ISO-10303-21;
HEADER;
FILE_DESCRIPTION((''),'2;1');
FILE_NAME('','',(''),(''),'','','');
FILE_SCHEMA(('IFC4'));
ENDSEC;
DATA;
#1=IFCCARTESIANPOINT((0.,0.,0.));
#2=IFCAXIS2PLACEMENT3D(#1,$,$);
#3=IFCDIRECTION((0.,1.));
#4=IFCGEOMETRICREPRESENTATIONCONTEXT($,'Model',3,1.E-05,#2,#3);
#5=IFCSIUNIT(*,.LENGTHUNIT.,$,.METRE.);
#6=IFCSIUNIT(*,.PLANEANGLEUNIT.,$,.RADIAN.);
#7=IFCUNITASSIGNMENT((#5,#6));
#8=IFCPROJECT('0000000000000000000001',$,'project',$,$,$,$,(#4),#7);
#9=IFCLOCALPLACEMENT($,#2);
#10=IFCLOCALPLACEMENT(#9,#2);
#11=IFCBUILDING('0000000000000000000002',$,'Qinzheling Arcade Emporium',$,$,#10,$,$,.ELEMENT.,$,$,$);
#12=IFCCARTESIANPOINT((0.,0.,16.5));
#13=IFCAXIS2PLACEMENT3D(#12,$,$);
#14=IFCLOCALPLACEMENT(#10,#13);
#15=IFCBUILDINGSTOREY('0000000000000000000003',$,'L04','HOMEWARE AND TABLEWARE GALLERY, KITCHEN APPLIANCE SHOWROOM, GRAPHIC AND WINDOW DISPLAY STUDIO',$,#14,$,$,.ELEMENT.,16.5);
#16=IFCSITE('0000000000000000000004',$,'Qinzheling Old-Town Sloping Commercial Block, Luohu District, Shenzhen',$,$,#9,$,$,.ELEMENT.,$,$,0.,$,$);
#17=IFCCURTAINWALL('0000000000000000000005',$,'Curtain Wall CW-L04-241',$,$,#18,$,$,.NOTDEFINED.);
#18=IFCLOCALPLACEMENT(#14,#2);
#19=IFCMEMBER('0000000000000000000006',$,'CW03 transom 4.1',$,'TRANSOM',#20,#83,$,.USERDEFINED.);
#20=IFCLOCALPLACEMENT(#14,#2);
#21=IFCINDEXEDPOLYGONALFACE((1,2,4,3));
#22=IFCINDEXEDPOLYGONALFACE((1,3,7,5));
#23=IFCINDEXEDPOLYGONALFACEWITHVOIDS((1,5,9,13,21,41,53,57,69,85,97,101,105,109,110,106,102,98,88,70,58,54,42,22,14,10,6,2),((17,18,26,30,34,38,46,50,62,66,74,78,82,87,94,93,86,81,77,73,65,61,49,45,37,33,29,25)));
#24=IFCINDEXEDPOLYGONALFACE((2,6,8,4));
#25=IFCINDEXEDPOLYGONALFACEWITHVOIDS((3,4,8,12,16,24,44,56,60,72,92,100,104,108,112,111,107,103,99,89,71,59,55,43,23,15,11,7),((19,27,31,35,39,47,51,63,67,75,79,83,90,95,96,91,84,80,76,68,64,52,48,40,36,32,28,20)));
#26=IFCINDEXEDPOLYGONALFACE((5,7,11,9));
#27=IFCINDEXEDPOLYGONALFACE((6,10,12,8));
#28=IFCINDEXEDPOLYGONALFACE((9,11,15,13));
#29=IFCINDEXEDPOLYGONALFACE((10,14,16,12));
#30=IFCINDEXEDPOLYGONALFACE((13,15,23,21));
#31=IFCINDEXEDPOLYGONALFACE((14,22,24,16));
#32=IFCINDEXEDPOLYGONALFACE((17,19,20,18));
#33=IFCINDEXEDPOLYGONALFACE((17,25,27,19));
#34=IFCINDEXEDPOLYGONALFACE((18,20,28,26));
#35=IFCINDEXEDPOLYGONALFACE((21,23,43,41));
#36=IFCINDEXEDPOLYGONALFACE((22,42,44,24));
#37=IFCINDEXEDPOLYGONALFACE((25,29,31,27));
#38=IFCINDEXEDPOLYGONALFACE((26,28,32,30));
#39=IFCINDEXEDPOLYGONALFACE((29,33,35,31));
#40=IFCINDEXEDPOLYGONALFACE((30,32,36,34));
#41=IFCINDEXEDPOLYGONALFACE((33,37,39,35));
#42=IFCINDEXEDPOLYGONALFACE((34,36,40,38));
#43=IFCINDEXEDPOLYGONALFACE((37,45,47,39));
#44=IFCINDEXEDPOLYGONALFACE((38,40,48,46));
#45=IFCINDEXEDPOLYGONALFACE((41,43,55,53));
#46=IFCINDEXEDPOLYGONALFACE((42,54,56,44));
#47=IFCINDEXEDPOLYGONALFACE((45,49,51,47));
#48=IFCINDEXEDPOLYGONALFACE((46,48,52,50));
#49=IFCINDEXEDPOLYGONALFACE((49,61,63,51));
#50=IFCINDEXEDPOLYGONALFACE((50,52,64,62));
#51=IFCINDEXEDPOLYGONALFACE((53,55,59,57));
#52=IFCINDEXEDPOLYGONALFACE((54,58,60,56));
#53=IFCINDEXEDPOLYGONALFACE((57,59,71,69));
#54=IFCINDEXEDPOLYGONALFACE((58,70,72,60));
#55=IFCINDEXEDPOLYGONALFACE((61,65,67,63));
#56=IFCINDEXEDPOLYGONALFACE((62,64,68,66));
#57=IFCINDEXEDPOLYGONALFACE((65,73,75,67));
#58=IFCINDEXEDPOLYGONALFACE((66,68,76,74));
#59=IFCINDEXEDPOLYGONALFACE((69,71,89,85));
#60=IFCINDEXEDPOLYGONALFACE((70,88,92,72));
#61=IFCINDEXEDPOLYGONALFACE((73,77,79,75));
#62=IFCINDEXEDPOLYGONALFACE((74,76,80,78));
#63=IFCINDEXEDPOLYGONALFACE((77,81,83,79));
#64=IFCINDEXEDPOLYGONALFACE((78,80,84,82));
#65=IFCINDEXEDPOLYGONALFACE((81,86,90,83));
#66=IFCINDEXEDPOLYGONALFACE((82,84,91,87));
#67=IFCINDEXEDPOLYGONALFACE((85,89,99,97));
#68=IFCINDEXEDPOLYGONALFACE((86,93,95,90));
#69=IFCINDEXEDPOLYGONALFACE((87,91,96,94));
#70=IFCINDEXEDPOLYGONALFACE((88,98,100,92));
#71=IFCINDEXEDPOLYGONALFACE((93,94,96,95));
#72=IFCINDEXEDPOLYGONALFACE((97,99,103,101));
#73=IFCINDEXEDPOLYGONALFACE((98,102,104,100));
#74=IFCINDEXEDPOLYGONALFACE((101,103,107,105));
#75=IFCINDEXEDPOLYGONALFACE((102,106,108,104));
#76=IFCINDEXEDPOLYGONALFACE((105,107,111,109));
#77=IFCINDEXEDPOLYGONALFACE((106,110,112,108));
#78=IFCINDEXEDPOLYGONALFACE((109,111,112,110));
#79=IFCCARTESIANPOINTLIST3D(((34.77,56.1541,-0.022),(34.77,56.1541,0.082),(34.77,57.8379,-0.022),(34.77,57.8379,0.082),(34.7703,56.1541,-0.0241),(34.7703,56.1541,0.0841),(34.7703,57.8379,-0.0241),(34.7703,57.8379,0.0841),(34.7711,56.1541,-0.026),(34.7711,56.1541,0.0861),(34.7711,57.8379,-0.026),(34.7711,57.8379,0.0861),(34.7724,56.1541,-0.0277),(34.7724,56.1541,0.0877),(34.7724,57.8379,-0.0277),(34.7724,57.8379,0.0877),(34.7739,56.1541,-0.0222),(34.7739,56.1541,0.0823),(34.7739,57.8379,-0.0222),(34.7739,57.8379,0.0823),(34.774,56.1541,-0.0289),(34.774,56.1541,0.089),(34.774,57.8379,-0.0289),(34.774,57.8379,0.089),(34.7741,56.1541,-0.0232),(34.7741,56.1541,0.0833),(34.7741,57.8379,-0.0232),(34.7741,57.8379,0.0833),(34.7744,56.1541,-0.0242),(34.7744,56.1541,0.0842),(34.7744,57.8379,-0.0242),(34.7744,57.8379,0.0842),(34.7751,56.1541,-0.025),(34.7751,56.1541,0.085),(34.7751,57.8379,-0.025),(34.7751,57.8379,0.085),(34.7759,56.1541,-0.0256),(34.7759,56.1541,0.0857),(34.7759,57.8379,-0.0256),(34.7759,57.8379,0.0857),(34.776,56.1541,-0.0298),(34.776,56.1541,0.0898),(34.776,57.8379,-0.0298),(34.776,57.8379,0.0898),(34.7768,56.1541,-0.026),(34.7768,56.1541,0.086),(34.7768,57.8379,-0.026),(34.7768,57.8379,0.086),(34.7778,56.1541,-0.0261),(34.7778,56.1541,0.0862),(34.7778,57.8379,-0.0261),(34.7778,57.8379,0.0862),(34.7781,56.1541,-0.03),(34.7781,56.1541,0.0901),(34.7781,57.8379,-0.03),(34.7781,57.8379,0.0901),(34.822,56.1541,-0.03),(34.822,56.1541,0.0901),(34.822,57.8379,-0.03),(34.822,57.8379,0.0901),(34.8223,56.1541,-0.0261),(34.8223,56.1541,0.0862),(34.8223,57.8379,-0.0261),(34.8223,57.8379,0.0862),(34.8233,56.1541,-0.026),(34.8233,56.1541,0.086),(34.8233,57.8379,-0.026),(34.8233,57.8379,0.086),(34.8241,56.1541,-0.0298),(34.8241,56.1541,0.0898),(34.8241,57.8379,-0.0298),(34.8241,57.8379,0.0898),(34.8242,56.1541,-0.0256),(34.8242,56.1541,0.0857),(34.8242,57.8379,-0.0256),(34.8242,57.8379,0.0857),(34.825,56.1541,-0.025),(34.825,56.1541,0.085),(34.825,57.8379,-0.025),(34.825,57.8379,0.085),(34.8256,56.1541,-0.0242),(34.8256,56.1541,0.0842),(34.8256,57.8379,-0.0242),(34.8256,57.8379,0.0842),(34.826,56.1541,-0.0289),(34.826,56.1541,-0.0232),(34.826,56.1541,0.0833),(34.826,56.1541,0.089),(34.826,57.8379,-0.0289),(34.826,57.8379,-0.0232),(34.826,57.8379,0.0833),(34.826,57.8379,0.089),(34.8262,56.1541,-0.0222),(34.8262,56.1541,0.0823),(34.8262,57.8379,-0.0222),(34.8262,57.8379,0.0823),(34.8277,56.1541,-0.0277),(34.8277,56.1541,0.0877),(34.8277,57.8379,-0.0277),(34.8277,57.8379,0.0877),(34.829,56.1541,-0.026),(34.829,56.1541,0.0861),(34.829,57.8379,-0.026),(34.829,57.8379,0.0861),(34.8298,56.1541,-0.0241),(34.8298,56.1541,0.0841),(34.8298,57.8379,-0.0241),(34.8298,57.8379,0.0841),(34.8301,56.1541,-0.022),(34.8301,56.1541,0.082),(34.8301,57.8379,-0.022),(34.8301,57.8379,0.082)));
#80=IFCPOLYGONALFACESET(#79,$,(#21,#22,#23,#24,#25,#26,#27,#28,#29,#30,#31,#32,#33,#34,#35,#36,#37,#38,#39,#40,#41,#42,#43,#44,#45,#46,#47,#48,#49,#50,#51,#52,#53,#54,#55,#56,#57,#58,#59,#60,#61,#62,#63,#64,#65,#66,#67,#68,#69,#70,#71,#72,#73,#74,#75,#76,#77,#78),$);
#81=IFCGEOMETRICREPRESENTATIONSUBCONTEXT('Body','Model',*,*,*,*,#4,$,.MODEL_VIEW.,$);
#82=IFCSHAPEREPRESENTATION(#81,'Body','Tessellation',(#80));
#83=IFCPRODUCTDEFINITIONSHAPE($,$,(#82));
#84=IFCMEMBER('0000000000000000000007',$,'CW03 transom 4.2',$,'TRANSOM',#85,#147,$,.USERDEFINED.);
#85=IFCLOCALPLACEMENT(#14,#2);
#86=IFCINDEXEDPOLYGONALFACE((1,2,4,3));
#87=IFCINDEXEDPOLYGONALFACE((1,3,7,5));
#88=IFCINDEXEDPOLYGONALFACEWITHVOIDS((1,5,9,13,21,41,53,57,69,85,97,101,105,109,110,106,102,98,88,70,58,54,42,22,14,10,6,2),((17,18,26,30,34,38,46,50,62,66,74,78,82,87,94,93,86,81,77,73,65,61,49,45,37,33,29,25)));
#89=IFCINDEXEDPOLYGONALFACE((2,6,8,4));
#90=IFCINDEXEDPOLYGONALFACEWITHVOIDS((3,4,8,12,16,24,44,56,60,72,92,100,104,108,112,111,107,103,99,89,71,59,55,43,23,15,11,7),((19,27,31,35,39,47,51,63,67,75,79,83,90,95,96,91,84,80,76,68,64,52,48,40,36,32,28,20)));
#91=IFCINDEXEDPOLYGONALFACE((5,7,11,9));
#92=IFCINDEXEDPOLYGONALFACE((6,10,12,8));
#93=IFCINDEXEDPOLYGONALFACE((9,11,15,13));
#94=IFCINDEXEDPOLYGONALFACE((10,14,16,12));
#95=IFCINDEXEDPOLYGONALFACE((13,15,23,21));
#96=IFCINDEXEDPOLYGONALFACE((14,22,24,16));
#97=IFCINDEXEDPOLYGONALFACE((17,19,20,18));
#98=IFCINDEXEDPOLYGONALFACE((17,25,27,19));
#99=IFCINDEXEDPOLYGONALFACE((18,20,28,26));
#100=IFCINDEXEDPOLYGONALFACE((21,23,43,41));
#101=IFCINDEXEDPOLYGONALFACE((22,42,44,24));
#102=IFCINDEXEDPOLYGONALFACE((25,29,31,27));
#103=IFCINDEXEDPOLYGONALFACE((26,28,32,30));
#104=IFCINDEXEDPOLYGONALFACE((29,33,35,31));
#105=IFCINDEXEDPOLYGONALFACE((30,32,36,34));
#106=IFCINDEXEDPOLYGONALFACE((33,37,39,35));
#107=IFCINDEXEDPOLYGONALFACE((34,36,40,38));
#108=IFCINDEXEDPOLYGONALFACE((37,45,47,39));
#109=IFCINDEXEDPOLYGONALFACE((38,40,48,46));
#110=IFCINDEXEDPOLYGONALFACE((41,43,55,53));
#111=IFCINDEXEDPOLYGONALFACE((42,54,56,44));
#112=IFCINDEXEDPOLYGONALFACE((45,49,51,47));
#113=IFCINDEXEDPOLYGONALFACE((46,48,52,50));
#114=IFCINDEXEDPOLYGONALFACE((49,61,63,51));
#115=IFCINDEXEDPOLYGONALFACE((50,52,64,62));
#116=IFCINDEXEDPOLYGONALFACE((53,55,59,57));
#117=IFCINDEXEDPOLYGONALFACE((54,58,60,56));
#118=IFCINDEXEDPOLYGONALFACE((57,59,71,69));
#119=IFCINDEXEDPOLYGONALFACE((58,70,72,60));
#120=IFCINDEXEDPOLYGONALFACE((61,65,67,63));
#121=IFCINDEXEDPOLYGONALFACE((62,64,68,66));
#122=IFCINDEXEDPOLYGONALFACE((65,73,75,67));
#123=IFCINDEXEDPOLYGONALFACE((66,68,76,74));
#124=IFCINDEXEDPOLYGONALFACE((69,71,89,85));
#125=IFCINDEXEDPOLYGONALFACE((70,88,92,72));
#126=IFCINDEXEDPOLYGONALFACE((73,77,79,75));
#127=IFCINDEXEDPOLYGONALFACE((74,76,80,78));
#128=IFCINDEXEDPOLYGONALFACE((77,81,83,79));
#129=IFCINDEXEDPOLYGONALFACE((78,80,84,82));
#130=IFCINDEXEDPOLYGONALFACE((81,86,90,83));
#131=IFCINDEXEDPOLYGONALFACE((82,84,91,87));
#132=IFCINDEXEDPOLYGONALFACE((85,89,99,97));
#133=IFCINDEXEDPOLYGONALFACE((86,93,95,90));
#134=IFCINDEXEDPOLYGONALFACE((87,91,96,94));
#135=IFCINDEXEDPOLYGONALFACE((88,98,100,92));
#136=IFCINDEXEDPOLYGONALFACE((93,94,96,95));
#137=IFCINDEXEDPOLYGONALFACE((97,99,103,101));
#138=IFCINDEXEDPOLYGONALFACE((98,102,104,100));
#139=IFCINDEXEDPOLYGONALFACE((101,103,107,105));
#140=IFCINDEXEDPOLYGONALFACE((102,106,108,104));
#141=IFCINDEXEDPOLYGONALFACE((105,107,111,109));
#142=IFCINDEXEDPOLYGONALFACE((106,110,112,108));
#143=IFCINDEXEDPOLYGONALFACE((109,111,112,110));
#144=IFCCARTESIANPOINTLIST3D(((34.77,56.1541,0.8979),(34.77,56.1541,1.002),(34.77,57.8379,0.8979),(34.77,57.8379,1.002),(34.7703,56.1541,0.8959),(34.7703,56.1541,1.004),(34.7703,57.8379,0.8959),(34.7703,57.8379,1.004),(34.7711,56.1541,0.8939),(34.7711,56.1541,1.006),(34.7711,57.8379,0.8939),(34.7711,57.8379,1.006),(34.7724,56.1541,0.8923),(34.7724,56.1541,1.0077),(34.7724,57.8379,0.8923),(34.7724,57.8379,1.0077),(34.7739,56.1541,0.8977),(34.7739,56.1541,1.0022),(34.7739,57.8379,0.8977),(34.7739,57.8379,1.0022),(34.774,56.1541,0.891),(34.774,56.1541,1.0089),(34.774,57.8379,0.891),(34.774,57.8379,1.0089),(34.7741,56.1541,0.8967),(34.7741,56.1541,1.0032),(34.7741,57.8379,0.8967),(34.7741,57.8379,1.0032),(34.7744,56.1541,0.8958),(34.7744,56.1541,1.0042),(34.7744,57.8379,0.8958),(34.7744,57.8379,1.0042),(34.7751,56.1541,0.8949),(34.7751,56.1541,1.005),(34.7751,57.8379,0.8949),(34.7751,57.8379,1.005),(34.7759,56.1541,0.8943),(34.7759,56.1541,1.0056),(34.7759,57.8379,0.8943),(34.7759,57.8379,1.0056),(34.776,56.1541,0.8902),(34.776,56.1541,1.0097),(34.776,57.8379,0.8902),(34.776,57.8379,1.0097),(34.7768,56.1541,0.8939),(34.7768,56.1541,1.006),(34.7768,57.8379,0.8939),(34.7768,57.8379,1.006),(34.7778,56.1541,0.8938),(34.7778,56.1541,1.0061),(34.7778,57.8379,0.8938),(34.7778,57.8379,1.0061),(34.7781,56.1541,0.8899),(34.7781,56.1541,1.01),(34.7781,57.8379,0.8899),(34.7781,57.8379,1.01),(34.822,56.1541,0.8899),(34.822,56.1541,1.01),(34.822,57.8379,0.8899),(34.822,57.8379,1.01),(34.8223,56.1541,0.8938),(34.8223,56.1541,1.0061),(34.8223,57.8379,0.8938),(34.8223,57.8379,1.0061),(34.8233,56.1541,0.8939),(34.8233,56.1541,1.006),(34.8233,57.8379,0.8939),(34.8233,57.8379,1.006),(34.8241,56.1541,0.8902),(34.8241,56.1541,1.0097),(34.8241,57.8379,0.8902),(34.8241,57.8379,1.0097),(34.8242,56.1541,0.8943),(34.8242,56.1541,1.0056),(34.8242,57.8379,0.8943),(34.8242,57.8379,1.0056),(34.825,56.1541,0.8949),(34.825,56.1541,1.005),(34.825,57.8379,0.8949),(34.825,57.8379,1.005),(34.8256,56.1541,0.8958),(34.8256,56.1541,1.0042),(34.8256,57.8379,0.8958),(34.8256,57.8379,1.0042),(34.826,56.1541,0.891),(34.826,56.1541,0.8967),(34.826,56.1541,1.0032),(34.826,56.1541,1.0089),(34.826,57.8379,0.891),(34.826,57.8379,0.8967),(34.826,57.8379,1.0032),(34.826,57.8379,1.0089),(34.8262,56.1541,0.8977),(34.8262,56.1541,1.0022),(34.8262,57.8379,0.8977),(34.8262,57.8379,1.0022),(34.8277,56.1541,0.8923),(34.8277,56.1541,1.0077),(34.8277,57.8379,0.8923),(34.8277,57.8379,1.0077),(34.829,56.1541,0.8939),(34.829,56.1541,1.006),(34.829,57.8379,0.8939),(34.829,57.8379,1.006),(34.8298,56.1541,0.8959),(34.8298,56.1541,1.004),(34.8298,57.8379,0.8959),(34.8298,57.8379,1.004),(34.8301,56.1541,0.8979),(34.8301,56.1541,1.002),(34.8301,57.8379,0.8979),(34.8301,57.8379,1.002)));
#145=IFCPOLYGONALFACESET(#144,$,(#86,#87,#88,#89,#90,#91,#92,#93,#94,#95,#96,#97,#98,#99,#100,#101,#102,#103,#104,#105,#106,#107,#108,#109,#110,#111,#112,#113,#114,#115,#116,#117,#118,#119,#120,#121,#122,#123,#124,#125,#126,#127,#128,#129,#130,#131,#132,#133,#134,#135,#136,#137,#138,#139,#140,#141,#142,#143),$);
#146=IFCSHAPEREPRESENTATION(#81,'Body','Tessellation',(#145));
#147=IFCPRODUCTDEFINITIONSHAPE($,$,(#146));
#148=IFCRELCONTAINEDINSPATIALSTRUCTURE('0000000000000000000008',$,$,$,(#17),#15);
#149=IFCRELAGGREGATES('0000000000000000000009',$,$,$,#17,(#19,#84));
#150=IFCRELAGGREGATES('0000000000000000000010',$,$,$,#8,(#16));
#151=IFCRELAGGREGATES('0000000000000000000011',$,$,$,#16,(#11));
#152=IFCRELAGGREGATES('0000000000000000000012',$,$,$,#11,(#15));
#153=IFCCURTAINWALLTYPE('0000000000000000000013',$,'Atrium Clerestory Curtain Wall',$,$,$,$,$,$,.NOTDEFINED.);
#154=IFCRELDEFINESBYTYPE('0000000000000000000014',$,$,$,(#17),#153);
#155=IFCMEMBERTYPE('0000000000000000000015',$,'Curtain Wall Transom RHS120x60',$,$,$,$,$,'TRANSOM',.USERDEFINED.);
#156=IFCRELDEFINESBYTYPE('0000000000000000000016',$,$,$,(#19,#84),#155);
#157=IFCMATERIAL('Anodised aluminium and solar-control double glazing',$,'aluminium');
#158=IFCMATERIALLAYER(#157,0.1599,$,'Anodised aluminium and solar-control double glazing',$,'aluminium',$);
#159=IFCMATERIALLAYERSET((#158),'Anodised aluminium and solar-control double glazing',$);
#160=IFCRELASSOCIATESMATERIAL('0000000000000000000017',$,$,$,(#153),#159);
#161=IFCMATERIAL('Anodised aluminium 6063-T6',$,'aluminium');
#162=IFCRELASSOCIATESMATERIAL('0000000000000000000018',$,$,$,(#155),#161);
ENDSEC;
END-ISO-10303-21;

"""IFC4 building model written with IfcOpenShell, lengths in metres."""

from ifc_helpers import new_model, si_unit, direction, frame, origin, origin_2d, place, context, subcontext, project, spatial, hollow_rectangle, extrude, material, layer, layer_set, material_profile, profile_set, type_object, element, aggregate, save


model = new_model("IFC4")

# Units and contexts
model_context = context("Model", 3, precision=1e-05, world=origin(), true_north=direction((0.0, 1.0)))
body_context = subcontext(model_context, "Body", "Model", "MODEL_VIEW")
ifc_project = project(units=[si_unit("LENGTHUNIT", "METRE"), si_unit("PLANEANGLEUNIT", "RADIAN")], contexts=[model_context])

# Site, building, storey
site_placement = place(None, origin())
site = spatial("IfcSite", under=ifc_project, at=site_placement, Name="Qinzheling Old-Town Sloping Commercial Block, Luohu District, Shenzhen", CompositionType="ELEMENT", RefElevation=0.0)
building_placement = place(site_placement, origin())
building = spatial("IfcBuilding", under=site, at=building_placement, Name="Qinzheling Arcade Emporium", CompositionType="ELEMENT")
storey_placement = place(building_placement, frame((0.0, 0.0, 16.5)))
storey = spatial("IfcBuildingStorey", under=building, at=storey_placement, Name="L04", Description="HOMEWARE AND TABLEWARE GALLERY, KITCHEN APPLIANCE SHOWROOM, GRAPHIC AND WINDOW DISPLAY STUDIO", CompositionType="ELEMENT", Elevation=16.5)

# Curtain wall
ifc_material_1 = material(Name="Anodised aluminium and solar-control double glazing", Category="aluminium")
ifc_layer_1 = layer(ifc_material_1, 0.1599, Name="Anodised aluminium and solar-control double glazing", Category="aluminium")
ifc_layer_set_1 = layer_set([ifc_layer_1], Name="Anodised aluminium and solar-control double glazing")
curtain_wall_type = type_object("IfcCurtainWallType", Name="Atrium Clerestory Curtain Wall", PredefinedType="NOTDEFINED", material=ifc_layer_set_1)
curtain_wall_1_placement = place(storey_placement, origin())
curtain_wall_1 = element("IfcCurtainWall", 1, at=curtain_wall_1_placement, inside=storey, type_object=curtain_wall_type, Name="Curtain Wall CW-L04-241", PredefinedType="NOTDEFINED")
ifc_material_2 = material(Name="Anodised aluminium 6063-T6", Category="aluminium")

# Members
ifc_material_profile_1 = material_profile(ifc_material_2, hollow_rectangle(XDim=0.0601, YDim=0.1201, WallThickness=0.0039, InnerFilletRadius=0.0039, OuterFilletRadius=0.0081, at=origin_2d()), Name="RHS 120x60x4", Category="aluminium")
ifc_profile_set_1 = profile_set([ifc_material_profile_1], Name="Anodised aluminium 6063-T6")
member_type_1 = type_object("IfcMemberType", Name="Curtain Wall Transom RHS120x60", ElementType="TRANSOM", PredefinedType="USERDEFINED", material=ifc_profile_set_1)
member_1_placement = place(storey_placement, frame((34.8, 56.1541, 0.03), z_axis=(0.0, 1.0, 0.0), x_axis=(-1.0, 0.0, 0.0)))
member_1 = element("IfcMember", 2, at=member_1_placement, type_object=member_type_1, Name="CW03 transom 4.1", ObjectType="TRANSOM", PredefinedType="USERDEFINED", context=body_context, shape_type="SweptSolid", body=[
    extrude(hollow_rectangle(XDim=0.0601, YDim=0.1201, WallThickness=0.0039, InnerFilletRadius=0.0039, OuterFilletRadius=0.0081, at=origin_2d()), origin(), (0.0, 0.0, 1.0), 1.6838),
])
member_2_placement = place(storey_placement, frame((34.8, 56.1541, 0.95), z_axis=(0.0, 1.0, 0.0), x_axis=(-1.0, 0.0, 0.0)))
member_2 = element("IfcMember", 3, at=member_2_placement, type_object=member_type_1, Name="CW03 transom 4.2", ObjectType="TRANSOM", PredefinedType="USERDEFINED", context=body_context, shape_type="SweptSolid", body=[
    extrude(hollow_rectangle(XDim=0.0601, YDim=0.1201, WallThickness=0.0039, InnerFilletRadius=0.0039, OuterFilletRadius=0.0081, at=origin_2d()), origin(), (0.0, 0.0, 1.0), 1.6838),
])

aggregate(curtain_wall_1, [member_1, member_2])

save(model, "model.ifc")
